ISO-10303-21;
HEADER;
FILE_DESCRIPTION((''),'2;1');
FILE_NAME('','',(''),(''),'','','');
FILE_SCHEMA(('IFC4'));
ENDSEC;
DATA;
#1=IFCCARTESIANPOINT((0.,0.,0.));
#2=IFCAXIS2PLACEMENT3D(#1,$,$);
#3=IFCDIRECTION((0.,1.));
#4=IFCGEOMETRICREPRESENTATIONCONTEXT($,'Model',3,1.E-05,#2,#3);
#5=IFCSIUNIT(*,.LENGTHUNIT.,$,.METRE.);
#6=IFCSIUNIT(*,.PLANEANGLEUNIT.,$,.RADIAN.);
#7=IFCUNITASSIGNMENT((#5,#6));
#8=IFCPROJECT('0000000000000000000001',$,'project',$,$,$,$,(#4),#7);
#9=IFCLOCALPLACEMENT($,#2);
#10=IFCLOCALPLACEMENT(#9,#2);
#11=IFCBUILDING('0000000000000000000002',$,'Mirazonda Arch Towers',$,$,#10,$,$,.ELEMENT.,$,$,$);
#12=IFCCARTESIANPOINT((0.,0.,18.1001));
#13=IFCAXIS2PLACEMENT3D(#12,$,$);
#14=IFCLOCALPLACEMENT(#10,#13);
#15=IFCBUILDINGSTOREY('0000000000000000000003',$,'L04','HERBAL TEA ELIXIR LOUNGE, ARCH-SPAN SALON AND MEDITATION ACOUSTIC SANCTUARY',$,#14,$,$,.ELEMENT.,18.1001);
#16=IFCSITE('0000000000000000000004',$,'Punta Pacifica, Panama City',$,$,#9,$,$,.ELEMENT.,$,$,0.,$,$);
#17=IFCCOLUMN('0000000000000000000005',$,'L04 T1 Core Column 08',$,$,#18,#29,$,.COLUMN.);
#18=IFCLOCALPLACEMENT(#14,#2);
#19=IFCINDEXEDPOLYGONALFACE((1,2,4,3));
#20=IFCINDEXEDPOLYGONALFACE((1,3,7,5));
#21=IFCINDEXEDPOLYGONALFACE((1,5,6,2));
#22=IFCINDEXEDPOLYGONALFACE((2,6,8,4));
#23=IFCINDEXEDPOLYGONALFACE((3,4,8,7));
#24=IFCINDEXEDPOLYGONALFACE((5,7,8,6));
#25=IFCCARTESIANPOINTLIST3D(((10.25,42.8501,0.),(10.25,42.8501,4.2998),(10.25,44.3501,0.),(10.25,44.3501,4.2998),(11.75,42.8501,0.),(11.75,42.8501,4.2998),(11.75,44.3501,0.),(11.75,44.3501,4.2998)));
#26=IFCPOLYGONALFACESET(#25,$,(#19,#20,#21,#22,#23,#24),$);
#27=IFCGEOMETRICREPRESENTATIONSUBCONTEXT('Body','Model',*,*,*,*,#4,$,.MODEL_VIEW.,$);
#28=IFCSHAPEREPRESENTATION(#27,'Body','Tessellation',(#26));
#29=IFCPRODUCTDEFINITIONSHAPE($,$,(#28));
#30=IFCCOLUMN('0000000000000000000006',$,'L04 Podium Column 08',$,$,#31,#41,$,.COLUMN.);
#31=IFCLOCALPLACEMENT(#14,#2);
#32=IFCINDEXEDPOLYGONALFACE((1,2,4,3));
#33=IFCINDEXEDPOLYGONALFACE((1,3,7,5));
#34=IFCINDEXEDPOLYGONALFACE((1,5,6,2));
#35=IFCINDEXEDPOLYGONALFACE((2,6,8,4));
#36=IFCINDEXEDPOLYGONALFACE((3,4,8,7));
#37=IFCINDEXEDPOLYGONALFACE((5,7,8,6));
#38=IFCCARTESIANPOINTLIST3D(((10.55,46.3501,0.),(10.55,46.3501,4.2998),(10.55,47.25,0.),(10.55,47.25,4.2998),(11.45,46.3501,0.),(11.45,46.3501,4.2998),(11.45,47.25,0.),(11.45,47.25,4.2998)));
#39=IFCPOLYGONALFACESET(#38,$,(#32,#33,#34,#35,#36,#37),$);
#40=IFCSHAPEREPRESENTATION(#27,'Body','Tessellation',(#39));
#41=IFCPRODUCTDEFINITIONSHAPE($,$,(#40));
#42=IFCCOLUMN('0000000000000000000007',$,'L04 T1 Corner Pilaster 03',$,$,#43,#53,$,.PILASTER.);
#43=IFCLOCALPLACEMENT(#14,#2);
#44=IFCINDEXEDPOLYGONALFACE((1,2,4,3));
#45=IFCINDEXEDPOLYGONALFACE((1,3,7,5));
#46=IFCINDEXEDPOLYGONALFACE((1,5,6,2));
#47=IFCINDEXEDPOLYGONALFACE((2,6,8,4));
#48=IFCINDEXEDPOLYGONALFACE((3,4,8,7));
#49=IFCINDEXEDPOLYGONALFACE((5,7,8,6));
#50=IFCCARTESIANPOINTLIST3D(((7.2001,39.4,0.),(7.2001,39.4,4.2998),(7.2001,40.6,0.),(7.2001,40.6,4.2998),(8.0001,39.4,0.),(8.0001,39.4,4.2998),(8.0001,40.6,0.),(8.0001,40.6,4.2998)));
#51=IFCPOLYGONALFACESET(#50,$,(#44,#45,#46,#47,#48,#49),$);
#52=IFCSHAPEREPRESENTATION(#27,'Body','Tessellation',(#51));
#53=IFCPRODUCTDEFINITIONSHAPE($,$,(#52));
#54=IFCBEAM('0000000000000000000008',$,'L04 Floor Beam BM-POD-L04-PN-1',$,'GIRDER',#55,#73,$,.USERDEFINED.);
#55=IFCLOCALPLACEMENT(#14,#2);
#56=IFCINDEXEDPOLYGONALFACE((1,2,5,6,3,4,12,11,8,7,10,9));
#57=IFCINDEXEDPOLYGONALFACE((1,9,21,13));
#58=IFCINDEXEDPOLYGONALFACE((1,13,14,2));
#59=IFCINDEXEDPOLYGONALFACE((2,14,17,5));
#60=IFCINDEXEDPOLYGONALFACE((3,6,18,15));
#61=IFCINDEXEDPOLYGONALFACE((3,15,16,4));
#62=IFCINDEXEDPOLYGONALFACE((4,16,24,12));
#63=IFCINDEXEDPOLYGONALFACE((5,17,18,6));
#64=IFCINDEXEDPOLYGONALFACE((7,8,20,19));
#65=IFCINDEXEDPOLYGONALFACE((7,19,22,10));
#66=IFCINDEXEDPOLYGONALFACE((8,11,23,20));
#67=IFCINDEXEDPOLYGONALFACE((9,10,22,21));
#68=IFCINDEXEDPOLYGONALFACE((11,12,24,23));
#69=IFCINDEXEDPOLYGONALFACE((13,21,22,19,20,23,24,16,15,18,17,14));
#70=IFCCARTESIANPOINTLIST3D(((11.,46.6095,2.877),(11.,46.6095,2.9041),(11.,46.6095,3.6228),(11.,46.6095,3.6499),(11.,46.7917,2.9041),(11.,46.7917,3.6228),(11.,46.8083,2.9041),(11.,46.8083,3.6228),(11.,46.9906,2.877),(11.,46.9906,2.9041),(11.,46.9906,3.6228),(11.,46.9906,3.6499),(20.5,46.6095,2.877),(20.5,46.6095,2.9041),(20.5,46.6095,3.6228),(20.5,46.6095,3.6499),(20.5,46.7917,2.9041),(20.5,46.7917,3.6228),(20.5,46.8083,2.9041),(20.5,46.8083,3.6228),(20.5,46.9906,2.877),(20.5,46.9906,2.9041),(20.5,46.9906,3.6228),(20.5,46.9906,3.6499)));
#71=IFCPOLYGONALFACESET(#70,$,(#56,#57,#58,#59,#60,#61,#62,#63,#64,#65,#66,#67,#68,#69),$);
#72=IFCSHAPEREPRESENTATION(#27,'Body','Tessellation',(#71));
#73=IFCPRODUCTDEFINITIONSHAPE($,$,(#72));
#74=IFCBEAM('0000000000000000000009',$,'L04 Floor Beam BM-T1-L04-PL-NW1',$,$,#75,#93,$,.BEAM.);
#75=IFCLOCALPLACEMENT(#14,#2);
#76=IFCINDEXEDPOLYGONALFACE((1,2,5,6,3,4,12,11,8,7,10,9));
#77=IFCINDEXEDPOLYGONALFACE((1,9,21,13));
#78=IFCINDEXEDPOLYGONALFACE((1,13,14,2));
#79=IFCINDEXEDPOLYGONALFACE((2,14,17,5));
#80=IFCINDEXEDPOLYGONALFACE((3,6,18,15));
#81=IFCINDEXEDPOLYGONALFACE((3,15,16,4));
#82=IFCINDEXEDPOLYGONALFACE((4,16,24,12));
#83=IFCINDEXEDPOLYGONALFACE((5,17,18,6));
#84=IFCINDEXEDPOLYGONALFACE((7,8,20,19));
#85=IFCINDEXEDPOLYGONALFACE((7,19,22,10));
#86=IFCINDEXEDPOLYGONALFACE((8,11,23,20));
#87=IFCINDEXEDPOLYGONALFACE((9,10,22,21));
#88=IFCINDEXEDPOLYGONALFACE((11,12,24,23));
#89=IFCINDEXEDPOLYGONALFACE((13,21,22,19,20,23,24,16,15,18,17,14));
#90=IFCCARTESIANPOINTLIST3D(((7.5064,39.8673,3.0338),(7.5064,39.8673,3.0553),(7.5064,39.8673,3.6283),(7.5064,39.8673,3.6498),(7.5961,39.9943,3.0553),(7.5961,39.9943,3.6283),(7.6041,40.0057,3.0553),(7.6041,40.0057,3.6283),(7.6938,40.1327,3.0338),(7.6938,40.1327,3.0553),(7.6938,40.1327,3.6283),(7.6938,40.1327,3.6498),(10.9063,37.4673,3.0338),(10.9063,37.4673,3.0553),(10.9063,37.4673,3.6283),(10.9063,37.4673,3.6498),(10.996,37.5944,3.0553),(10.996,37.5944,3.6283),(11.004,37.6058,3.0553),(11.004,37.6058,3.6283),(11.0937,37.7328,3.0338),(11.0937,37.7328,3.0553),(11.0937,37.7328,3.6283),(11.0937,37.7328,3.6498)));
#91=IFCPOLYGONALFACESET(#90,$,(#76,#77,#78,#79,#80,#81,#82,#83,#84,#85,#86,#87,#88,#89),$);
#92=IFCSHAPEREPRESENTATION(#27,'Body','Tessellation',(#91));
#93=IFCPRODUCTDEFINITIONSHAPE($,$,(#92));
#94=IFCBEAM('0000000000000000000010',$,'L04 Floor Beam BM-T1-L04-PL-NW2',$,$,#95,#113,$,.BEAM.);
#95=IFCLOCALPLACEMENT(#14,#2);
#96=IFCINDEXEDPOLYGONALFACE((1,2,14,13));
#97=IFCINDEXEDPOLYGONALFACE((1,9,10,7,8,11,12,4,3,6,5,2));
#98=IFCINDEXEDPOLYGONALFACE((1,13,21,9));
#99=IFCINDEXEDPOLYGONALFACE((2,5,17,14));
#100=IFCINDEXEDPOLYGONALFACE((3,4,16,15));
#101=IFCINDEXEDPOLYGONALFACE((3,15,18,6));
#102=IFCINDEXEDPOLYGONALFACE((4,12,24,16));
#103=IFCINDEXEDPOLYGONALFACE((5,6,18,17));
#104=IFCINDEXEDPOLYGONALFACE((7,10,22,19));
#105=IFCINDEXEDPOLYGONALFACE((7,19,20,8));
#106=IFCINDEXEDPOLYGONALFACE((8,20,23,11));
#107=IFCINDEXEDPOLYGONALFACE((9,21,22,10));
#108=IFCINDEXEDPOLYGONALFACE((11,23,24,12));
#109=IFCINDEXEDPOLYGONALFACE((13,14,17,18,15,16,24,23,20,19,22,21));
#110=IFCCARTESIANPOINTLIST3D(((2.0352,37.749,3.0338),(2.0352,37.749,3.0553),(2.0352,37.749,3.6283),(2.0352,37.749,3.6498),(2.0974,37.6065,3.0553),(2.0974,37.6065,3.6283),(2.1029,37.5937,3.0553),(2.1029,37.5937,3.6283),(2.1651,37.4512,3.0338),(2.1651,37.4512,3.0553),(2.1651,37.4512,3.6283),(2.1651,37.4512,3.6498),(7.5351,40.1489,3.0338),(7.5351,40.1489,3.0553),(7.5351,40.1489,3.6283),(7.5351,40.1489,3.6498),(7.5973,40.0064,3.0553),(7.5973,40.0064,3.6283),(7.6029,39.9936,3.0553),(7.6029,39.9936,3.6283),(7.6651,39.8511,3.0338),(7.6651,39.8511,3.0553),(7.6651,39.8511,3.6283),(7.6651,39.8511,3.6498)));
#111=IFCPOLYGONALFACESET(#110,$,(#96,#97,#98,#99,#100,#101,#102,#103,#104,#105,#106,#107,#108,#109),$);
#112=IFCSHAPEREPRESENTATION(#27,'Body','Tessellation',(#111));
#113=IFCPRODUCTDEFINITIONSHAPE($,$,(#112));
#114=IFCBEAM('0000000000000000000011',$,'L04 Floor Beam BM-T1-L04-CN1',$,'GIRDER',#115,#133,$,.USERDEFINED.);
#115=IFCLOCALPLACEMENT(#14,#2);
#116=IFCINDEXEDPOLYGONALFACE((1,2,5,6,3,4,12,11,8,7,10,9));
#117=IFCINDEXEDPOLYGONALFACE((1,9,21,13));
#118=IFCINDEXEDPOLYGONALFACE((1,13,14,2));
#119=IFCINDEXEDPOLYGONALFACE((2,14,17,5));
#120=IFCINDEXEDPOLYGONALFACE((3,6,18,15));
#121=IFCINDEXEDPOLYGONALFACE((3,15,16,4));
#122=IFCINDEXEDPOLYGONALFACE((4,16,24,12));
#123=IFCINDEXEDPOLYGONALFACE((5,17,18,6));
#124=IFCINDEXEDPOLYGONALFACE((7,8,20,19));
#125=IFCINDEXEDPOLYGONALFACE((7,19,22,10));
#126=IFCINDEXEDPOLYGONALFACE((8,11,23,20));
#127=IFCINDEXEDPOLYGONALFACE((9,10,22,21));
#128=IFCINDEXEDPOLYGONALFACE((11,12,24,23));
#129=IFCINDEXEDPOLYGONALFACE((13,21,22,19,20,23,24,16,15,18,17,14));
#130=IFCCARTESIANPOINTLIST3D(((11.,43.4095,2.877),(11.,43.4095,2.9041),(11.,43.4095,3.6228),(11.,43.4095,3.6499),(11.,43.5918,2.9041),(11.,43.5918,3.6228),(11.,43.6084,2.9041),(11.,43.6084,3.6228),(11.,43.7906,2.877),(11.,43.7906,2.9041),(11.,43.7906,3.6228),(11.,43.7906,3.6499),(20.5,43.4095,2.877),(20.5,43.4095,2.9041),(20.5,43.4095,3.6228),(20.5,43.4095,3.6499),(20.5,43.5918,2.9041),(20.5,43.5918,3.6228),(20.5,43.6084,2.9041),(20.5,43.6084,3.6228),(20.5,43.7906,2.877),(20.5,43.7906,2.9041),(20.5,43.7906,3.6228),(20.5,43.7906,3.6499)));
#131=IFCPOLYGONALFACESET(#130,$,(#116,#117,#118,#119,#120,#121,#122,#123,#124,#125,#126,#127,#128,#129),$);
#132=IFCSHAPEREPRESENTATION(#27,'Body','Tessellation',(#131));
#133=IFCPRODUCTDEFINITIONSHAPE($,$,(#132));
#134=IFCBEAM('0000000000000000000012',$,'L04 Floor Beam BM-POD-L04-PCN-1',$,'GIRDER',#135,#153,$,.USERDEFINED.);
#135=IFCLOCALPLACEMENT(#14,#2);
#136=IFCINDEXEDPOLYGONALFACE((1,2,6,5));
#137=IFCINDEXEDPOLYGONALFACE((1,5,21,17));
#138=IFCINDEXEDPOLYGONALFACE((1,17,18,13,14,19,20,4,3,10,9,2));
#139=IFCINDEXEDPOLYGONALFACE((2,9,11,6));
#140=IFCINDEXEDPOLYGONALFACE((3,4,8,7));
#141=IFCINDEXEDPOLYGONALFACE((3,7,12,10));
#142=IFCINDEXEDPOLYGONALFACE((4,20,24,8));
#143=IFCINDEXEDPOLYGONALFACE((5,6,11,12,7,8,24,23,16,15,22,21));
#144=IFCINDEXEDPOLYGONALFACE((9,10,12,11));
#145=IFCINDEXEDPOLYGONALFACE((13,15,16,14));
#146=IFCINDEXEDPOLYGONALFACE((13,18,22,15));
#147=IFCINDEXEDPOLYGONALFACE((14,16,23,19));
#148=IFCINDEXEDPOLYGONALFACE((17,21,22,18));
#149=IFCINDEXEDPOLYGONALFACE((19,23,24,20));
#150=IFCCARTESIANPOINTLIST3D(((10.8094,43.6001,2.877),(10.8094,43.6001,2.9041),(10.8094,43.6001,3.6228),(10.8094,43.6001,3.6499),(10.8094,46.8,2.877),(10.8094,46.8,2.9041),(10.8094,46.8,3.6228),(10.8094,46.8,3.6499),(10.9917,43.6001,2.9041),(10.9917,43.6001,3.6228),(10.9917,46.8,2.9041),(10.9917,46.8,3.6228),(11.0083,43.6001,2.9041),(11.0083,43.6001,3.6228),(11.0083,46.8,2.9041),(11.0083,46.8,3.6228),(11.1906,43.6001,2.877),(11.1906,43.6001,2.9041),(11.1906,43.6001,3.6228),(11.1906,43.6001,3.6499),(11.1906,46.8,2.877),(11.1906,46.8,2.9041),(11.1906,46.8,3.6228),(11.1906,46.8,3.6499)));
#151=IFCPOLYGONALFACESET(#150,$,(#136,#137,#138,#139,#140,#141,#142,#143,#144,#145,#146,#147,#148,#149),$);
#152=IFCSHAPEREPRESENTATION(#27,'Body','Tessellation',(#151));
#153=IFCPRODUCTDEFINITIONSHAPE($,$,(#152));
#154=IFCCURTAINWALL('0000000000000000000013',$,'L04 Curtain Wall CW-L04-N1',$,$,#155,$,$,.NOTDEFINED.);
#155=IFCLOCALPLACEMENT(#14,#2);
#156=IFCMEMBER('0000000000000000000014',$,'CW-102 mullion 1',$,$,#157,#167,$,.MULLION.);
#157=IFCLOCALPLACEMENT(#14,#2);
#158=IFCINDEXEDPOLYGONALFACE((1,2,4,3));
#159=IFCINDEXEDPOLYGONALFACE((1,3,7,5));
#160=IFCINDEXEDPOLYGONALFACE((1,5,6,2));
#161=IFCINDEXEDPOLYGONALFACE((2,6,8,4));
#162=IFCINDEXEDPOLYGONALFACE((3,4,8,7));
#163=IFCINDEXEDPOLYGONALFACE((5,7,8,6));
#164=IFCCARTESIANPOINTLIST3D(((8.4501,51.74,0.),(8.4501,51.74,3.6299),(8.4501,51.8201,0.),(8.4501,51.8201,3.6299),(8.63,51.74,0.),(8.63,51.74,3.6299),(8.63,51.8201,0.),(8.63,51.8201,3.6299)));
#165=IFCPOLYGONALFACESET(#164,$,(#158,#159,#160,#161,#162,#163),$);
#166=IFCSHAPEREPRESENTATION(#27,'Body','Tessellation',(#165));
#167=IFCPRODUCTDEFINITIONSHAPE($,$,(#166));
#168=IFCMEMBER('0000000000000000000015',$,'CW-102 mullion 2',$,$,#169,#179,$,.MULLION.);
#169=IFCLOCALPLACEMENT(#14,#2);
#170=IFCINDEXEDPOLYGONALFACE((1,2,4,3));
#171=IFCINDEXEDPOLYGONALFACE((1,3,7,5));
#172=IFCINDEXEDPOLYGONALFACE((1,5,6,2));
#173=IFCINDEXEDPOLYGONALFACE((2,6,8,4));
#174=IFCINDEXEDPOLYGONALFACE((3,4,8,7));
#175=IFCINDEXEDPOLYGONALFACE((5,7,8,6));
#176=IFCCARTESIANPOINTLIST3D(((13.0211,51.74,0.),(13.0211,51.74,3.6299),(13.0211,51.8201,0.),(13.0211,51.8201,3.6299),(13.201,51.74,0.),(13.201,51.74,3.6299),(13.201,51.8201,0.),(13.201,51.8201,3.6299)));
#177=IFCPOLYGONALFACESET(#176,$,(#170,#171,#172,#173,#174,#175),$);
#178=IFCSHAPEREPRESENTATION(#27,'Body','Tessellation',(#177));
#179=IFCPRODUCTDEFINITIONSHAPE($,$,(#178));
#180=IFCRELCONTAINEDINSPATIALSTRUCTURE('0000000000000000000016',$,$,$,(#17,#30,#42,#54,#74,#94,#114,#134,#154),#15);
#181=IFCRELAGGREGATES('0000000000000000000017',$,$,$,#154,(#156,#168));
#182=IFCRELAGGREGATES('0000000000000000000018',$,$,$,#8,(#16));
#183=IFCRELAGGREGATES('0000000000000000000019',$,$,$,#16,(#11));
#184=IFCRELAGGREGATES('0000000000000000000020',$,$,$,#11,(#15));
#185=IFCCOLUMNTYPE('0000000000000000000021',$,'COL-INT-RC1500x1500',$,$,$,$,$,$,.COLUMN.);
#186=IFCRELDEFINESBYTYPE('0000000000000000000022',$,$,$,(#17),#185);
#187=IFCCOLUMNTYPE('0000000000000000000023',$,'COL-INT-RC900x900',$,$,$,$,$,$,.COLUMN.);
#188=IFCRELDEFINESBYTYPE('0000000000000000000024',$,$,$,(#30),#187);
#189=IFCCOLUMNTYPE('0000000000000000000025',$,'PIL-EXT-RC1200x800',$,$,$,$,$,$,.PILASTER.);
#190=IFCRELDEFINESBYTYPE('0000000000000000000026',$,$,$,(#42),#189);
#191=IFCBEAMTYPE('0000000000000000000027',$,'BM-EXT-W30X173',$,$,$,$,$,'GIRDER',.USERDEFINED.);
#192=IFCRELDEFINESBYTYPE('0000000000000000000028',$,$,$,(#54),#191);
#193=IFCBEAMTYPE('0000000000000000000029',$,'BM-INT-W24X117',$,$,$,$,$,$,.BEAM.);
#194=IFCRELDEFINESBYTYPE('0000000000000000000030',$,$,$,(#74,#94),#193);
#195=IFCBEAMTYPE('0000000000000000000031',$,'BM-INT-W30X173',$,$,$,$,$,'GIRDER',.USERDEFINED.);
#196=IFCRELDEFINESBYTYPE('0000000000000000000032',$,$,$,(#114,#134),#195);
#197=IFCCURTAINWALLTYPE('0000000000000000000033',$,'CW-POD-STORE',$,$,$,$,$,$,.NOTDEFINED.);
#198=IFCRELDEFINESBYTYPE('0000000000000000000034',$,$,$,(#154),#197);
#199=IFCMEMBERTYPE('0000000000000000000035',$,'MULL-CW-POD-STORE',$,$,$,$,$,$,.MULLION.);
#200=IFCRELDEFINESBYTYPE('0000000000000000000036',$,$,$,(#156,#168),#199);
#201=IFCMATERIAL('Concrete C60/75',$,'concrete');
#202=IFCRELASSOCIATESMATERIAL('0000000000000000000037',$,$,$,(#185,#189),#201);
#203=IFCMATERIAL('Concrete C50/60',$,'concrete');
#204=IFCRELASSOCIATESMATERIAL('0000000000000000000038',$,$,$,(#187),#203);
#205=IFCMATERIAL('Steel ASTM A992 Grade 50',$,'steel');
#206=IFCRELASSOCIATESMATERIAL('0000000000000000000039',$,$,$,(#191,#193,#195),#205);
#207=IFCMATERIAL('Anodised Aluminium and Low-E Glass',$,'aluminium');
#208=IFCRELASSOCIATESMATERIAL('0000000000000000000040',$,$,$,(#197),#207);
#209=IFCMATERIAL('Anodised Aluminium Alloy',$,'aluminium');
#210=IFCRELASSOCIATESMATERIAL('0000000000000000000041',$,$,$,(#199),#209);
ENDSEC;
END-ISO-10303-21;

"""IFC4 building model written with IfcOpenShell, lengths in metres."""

from ifc_helpers import new_model, si_unit, direction, frame, origin, origin_2d, place, context, subcontext, project, spatial, rectangle, i_section, extrude, material, material_profile, profile_set, type_object, element, aggregate, save


model = new_model("IFC4")

# Units and contexts
model_context = context("Model", 3, precision=1e-05, world=origin(), true_north=direction((0.0, 1.0)))
body_context = subcontext(model_context, "Body", "Model", "MODEL_VIEW")
ifc_project = project(units=[si_unit("LENGTHUNIT", "METRE"), si_unit("PLANEANGLEUNIT", "RADIAN")], contexts=[model_context])

# Site, building, storey
site_placement = place(None, origin())
site = spatial("IfcSite", under=ifc_project, at=site_placement, Name="Punta Pacifica, Panama City", CompositionType="ELEMENT", RefElevation=0.0)
building_placement = place(site_placement, origin())
building = spatial("IfcBuilding", under=site, at=building_placement, Name="Mirazonda Arch Towers", CompositionType="ELEMENT")
storey_placement = place(building_placement, frame((0.0, 0.0, 18.1001)))
storey = spatial("IfcBuildingStorey", under=building, at=storey_placement, Name="L04", Description="HERBAL TEA ELIXIR LOUNGE, ARCH-SPAN SALON AND MEDITATION ACOUSTIC SANCTUARY", CompositionType="ELEMENT", Elevation=18.1001)

# Columns
ifc_material_1 = material(Name="Concrete C60/75", Category="concrete")
ifc_material_profile_1 = material_profile(ifc_material_1, rectangle(XDim=1.5, YDim=1.5, at=origin_2d()), Name="RC1500x1500")
ifc_profile_set_1 = profile_set([ifc_material_profile_1], Name="Concrete C60/75")
column_type_1 = type_object("IfcColumnType", Name="COL-INT-RC1500x1500", PredefinedType="COLUMN", material=ifc_profile_set_1)
column_1_placement = place(storey_placement, frame((11.0, 43.6001, 0.0), z_axis=(0.0, 0.0, 1.0), x_axis=(1.0, 0.0, 0.0)))
element("IfcColumn", 1, at=column_1_placement, inside=storey, type_object=column_type_1, Name="L04 T1 Core Column 08", PredefinedType="COLUMN", context=body_context, shape_type="SweptSolid", body=[
    extrude(rectangle(XDim=1.5, YDim=1.5, at=origin_2d()), origin(), (0.0, 0.0, 1.0), 4.2998),
])
ifc_material_2 = material(Name="Concrete C50/60", Category="concrete")
ifc_material_profile_2 = material_profile(ifc_material_2, rectangle(XDim=0.8999, YDim=0.8999, at=origin_2d()), Name="RC900x900")
ifc_profile_set_2 = profile_set([ifc_material_profile_2], Name="Concrete C50/60")
column_type_2 = type_object("IfcColumnType", Name="COL-INT-RC900x900", PredefinedType="COLUMN", material=ifc_profile_set_2)
column_2_placement = place(storey_placement, frame((11.0, 46.8, 0.0), z_axis=(0.0, 0.0, 1.0), x_axis=(1.0, 0.0, 0.0)))
element("IfcColumn", 2, at=column_2_placement, inside=storey, type_object=column_type_2, Name="L04 Podium Column 08", PredefinedType="COLUMN", context=body_context, shape_type="SweptSolid", body=[
    extrude(rectangle(XDim=0.8999, YDim=0.8999, at=origin_2d()), origin(), (0.0, 0.0, 1.0), 4.2998),
])
ifc_material_profile_3 = material_profile(ifc_material_1, rectangle(XDim=0.8, YDim=1.2, at=origin_2d()), Name="RC1200x800")
ifc_profile_set_3 = profile_set([ifc_material_profile_3], Name="Concrete C60/75")
column_type_3 = type_object("IfcColumnType", Name="PIL-EXT-RC1200x800", PredefinedType="PILASTER", material=ifc_profile_set_3)
column_3_placement = place(storey_placement, frame((7.6001, 40.0, 0.0), z_axis=(0.0, 0.0, 1.0), x_axis=(1.0, 0.0, 0.0)))
element("IfcColumn", 3, at=column_3_placement, inside=storey, type_object=column_type_3, Name="L04 T1 Corner Pilaster 03", PredefinedType="PILASTER", context=body_context, shape_type="SweptSolid", body=[
    extrude(rectangle(XDim=0.8, YDim=1.2, at=origin_2d()), origin(), (0.0, 0.0, 1.0), 4.2998),
])

# Beams
ifc_material_3 = material(Name="Steel ASTM A992 Grade 50", Category="steel")
ifc_material_profile_4 = material_profile(ifc_material_3, i_section(OverallWidth=0.3811, OverallDepth=0.7729, WebThickness=0.0166, FlangeThickness=0.0271, at=origin_2d()), Name="W30X173")
ifc_profile_set_4 = profile_set([ifc_material_profile_4], Name="Steel ASTM A992 Grade 50")
beam_type_1 = type_object("IfcBeamType", Name="BM-EXT-W30X173", ElementType="GIRDER", PredefinedType="USERDEFINED", material=ifc_profile_set_4)
beam_1_placement = place(storey_placement, frame((11.0, 46.8, 3.2634), z_axis=(1.0, 0.0, 0.0), x_axis=(0.0, 1.0, 0.0)))
element("IfcBeam", 4, at=beam_1_placement, inside=storey, type_object=beam_type_1, Name="L04 Floor Beam BM-POD-L04-PN-1", ObjectType="GIRDER", PredefinedType="USERDEFINED", context=body_context, shape_type="SweptSolid", body=[
    extrude(i_section(OverallWidth=0.3811, OverallDepth=0.7729, WebThickness=0.0166, FlangeThickness=0.0271, at=origin_2d()), origin(), (0.0, 0.0, 1.0), 9.5),
])
ifc_material_profile_5 = material_profile(ifc_material_3, i_section(OverallWidth=0.325, OverallDepth=0.616, WebThickness=0.0139, FlangeThickness=0.0215, at=origin_2d()), Name="W24X117")
ifc_profile_set_5 = profile_set([ifc_material_profile_5], Name="Steel ASTM A992 Grade 50")
beam_type_2 = type_object("IfcBeamType", Name="BM-INT-W24X117", PredefinedType="BEAM", material=ifc_profile_set_5)
beam_2_placement = place(storey_placement, frame((7.6001, 40.0, 3.3418), z_axis=(0.816971, -0.576679, 0.0), x_axis=(0.576679, 0.816971, 0.0)))
element("IfcBeam", 5, at=beam_2_placement, inside=storey, type_object=beam_type_2, Name="L04 Floor Beam BM-T1-L04-PL-NW1", PredefinedType="BEAM", context=body_context, shape_type="SweptSolid", body=[
    extrude(i_section(OverallWidth=0.325, OverallDepth=0.616, WebThickness=0.0139, FlangeThickness=0.0215, at=origin_2d()), origin(), (0.0, 0.0, 1.0), 4.1616),
])
beam_3_placement = place(storey_placement, frame((7.6001, 40.0, 3.3418), z_axis=(-0.916545, -0.399931, 0.0), x_axis=(0.399931, -0.916545, 0.0)))
element("IfcBeam", 6, at=beam_3_placement, inside=storey, type_object=beam_type_2, Name="L04 Floor Beam BM-T1-L04-PL-NW2", PredefinedType="BEAM", context=body_context, shape_type="SweptSolid", body=[
    extrude(i_section(OverallWidth=0.325, OverallDepth=0.616, WebThickness=0.0139, FlangeThickness=0.0215, at=origin_2d()), origin(), (0.0, 0.0, 1.0), 6.0007),
])
ifc_material_profile_6 = material_profile(ifc_material_3, i_section(OverallWidth=0.3811, OverallDepth=0.7729, WebThickness=0.0166, FlangeThickness=0.0271, at=origin_2d()), Name="W30X173")
ifc_profile_set_6 = profile_set([ifc_material_profile_6], Name="Steel ASTM A992 Grade 50")
beam_type_3 = type_object("IfcBeamType", Name="BM-INT-W30X173", ElementType="GIRDER", PredefinedType="USERDEFINED", material=ifc_profile_set_6)
beam_4_placement = place(storey_placement, frame((11.0, 43.6001, 3.2634), z_axis=(1.0, 0.0, 0.0), x_axis=(0.0, 1.0, 0.0)))
element("IfcBeam", 7, at=beam_4_placement, inside=storey, type_object=beam_type_3, Name="L04 Floor Beam BM-T1-L04-CN1", ObjectType="GIRDER", PredefinedType="USERDEFINED", context=body_context, shape_type="SweptSolid", body=[
    extrude(i_section(OverallWidth=0.3811, OverallDepth=0.7729, WebThickness=0.0166, FlangeThickness=0.0271, at=origin_2d()), origin(), (0.0, 0.0, 1.0), 9.5),
])
beam_5_placement = place(storey_placement, frame((11.0, 43.6001, 3.2634), z_axis=(0.0, 1.0, 0.0), x_axis=(-1.0, 0.0, 0.0)))
element("IfcBeam", 8, at=beam_5_placement, inside=storey, type_object=beam_type_3, Name="L04 Floor Beam BM-POD-L04-PCN-1", ObjectType="GIRDER", PredefinedType="USERDEFINED", context=body_context, shape_type="SweptSolid", body=[
    extrude(i_section(OverallWidth=0.3811, OverallDepth=0.7729, WebThickness=0.0166, FlangeThickness=0.0271, at=origin_2d()), origin(), (0.0, 0.0, 1.0), 3.2),
])

# Curtain wall, members
ifc_material_4 = material(Name="Anodised Aluminium and Low-E Glass", Category="aluminium")
curtain_wall_type = type_object("IfcCurtainWallType", Name="CW-POD-STORE", PredefinedType="NOTDEFINED", material=ifc_material_4)
curtain_wall_placement = place(storey_placement, origin())
curtain_wall = element("IfcCurtainWall", 9, at=curtain_wall_placement, inside=storey, type_object=curtain_wall_type, Name="L04 Curtain Wall CW-L04-N1", PredefinedType="NOTDEFINED")
ifc_material_5 = material(Name="Anodised Aluminium Alloy", Category="aluminium")
ifc_material_profile_7 = material_profile(ifc_material_5, rectangle(XDim=0.0801, YDim=0.1799, at=origin_2d()), Name="ALU-MULL-80x180")
ifc_profile_set_7 = profile_set([ifc_material_profile_7], Name="Anodised Aluminium Alloy")
member_type_1 = type_object("IfcMemberType", Name="MULL-CW-POD-STORE", PredefinedType="MULLION", material=ifc_profile_set_7)
member_1_placement = place(storey_placement, frame((8.54, 51.78, 0.0), z_axis=(0.0, 0.0, 1.0), x_axis=(0.0, 1.0, 0.0)))
member_1 = element("IfcMember", 10, at=member_1_placement, type_object=member_type_1, Name="CW-102 mullion 1", PredefinedType="MULLION", context=body_context, shape_type="SweptSolid", body=[
    extrude(rectangle(XDim=0.0801, YDim=0.1799, at=origin_2d()), origin(), (0.0, 0.0, 1.0), 3.6299),
])
member_2_placement = place(storey_placement, frame((13.1111, 51.78, 0.0), z_axis=(0.0, 0.0, 1.0), x_axis=(0.0, 1.0, 0.0)))
member_2 = element("IfcMember", 11, at=member_2_placement, type_object=member_type_1, Name="CW-102 mullion 2", PredefinedType="MULLION", context=body_context, shape_type="SweptSolid", body=[
    extrude(rectangle(XDim=0.0801, YDim=0.1799, at=origin_2d()), origin(), (0.0, 0.0, 1.0), 3.6299),
])
aggregate(curtain_wall, [member_1, member_2])

save(model, "model.ifc")
